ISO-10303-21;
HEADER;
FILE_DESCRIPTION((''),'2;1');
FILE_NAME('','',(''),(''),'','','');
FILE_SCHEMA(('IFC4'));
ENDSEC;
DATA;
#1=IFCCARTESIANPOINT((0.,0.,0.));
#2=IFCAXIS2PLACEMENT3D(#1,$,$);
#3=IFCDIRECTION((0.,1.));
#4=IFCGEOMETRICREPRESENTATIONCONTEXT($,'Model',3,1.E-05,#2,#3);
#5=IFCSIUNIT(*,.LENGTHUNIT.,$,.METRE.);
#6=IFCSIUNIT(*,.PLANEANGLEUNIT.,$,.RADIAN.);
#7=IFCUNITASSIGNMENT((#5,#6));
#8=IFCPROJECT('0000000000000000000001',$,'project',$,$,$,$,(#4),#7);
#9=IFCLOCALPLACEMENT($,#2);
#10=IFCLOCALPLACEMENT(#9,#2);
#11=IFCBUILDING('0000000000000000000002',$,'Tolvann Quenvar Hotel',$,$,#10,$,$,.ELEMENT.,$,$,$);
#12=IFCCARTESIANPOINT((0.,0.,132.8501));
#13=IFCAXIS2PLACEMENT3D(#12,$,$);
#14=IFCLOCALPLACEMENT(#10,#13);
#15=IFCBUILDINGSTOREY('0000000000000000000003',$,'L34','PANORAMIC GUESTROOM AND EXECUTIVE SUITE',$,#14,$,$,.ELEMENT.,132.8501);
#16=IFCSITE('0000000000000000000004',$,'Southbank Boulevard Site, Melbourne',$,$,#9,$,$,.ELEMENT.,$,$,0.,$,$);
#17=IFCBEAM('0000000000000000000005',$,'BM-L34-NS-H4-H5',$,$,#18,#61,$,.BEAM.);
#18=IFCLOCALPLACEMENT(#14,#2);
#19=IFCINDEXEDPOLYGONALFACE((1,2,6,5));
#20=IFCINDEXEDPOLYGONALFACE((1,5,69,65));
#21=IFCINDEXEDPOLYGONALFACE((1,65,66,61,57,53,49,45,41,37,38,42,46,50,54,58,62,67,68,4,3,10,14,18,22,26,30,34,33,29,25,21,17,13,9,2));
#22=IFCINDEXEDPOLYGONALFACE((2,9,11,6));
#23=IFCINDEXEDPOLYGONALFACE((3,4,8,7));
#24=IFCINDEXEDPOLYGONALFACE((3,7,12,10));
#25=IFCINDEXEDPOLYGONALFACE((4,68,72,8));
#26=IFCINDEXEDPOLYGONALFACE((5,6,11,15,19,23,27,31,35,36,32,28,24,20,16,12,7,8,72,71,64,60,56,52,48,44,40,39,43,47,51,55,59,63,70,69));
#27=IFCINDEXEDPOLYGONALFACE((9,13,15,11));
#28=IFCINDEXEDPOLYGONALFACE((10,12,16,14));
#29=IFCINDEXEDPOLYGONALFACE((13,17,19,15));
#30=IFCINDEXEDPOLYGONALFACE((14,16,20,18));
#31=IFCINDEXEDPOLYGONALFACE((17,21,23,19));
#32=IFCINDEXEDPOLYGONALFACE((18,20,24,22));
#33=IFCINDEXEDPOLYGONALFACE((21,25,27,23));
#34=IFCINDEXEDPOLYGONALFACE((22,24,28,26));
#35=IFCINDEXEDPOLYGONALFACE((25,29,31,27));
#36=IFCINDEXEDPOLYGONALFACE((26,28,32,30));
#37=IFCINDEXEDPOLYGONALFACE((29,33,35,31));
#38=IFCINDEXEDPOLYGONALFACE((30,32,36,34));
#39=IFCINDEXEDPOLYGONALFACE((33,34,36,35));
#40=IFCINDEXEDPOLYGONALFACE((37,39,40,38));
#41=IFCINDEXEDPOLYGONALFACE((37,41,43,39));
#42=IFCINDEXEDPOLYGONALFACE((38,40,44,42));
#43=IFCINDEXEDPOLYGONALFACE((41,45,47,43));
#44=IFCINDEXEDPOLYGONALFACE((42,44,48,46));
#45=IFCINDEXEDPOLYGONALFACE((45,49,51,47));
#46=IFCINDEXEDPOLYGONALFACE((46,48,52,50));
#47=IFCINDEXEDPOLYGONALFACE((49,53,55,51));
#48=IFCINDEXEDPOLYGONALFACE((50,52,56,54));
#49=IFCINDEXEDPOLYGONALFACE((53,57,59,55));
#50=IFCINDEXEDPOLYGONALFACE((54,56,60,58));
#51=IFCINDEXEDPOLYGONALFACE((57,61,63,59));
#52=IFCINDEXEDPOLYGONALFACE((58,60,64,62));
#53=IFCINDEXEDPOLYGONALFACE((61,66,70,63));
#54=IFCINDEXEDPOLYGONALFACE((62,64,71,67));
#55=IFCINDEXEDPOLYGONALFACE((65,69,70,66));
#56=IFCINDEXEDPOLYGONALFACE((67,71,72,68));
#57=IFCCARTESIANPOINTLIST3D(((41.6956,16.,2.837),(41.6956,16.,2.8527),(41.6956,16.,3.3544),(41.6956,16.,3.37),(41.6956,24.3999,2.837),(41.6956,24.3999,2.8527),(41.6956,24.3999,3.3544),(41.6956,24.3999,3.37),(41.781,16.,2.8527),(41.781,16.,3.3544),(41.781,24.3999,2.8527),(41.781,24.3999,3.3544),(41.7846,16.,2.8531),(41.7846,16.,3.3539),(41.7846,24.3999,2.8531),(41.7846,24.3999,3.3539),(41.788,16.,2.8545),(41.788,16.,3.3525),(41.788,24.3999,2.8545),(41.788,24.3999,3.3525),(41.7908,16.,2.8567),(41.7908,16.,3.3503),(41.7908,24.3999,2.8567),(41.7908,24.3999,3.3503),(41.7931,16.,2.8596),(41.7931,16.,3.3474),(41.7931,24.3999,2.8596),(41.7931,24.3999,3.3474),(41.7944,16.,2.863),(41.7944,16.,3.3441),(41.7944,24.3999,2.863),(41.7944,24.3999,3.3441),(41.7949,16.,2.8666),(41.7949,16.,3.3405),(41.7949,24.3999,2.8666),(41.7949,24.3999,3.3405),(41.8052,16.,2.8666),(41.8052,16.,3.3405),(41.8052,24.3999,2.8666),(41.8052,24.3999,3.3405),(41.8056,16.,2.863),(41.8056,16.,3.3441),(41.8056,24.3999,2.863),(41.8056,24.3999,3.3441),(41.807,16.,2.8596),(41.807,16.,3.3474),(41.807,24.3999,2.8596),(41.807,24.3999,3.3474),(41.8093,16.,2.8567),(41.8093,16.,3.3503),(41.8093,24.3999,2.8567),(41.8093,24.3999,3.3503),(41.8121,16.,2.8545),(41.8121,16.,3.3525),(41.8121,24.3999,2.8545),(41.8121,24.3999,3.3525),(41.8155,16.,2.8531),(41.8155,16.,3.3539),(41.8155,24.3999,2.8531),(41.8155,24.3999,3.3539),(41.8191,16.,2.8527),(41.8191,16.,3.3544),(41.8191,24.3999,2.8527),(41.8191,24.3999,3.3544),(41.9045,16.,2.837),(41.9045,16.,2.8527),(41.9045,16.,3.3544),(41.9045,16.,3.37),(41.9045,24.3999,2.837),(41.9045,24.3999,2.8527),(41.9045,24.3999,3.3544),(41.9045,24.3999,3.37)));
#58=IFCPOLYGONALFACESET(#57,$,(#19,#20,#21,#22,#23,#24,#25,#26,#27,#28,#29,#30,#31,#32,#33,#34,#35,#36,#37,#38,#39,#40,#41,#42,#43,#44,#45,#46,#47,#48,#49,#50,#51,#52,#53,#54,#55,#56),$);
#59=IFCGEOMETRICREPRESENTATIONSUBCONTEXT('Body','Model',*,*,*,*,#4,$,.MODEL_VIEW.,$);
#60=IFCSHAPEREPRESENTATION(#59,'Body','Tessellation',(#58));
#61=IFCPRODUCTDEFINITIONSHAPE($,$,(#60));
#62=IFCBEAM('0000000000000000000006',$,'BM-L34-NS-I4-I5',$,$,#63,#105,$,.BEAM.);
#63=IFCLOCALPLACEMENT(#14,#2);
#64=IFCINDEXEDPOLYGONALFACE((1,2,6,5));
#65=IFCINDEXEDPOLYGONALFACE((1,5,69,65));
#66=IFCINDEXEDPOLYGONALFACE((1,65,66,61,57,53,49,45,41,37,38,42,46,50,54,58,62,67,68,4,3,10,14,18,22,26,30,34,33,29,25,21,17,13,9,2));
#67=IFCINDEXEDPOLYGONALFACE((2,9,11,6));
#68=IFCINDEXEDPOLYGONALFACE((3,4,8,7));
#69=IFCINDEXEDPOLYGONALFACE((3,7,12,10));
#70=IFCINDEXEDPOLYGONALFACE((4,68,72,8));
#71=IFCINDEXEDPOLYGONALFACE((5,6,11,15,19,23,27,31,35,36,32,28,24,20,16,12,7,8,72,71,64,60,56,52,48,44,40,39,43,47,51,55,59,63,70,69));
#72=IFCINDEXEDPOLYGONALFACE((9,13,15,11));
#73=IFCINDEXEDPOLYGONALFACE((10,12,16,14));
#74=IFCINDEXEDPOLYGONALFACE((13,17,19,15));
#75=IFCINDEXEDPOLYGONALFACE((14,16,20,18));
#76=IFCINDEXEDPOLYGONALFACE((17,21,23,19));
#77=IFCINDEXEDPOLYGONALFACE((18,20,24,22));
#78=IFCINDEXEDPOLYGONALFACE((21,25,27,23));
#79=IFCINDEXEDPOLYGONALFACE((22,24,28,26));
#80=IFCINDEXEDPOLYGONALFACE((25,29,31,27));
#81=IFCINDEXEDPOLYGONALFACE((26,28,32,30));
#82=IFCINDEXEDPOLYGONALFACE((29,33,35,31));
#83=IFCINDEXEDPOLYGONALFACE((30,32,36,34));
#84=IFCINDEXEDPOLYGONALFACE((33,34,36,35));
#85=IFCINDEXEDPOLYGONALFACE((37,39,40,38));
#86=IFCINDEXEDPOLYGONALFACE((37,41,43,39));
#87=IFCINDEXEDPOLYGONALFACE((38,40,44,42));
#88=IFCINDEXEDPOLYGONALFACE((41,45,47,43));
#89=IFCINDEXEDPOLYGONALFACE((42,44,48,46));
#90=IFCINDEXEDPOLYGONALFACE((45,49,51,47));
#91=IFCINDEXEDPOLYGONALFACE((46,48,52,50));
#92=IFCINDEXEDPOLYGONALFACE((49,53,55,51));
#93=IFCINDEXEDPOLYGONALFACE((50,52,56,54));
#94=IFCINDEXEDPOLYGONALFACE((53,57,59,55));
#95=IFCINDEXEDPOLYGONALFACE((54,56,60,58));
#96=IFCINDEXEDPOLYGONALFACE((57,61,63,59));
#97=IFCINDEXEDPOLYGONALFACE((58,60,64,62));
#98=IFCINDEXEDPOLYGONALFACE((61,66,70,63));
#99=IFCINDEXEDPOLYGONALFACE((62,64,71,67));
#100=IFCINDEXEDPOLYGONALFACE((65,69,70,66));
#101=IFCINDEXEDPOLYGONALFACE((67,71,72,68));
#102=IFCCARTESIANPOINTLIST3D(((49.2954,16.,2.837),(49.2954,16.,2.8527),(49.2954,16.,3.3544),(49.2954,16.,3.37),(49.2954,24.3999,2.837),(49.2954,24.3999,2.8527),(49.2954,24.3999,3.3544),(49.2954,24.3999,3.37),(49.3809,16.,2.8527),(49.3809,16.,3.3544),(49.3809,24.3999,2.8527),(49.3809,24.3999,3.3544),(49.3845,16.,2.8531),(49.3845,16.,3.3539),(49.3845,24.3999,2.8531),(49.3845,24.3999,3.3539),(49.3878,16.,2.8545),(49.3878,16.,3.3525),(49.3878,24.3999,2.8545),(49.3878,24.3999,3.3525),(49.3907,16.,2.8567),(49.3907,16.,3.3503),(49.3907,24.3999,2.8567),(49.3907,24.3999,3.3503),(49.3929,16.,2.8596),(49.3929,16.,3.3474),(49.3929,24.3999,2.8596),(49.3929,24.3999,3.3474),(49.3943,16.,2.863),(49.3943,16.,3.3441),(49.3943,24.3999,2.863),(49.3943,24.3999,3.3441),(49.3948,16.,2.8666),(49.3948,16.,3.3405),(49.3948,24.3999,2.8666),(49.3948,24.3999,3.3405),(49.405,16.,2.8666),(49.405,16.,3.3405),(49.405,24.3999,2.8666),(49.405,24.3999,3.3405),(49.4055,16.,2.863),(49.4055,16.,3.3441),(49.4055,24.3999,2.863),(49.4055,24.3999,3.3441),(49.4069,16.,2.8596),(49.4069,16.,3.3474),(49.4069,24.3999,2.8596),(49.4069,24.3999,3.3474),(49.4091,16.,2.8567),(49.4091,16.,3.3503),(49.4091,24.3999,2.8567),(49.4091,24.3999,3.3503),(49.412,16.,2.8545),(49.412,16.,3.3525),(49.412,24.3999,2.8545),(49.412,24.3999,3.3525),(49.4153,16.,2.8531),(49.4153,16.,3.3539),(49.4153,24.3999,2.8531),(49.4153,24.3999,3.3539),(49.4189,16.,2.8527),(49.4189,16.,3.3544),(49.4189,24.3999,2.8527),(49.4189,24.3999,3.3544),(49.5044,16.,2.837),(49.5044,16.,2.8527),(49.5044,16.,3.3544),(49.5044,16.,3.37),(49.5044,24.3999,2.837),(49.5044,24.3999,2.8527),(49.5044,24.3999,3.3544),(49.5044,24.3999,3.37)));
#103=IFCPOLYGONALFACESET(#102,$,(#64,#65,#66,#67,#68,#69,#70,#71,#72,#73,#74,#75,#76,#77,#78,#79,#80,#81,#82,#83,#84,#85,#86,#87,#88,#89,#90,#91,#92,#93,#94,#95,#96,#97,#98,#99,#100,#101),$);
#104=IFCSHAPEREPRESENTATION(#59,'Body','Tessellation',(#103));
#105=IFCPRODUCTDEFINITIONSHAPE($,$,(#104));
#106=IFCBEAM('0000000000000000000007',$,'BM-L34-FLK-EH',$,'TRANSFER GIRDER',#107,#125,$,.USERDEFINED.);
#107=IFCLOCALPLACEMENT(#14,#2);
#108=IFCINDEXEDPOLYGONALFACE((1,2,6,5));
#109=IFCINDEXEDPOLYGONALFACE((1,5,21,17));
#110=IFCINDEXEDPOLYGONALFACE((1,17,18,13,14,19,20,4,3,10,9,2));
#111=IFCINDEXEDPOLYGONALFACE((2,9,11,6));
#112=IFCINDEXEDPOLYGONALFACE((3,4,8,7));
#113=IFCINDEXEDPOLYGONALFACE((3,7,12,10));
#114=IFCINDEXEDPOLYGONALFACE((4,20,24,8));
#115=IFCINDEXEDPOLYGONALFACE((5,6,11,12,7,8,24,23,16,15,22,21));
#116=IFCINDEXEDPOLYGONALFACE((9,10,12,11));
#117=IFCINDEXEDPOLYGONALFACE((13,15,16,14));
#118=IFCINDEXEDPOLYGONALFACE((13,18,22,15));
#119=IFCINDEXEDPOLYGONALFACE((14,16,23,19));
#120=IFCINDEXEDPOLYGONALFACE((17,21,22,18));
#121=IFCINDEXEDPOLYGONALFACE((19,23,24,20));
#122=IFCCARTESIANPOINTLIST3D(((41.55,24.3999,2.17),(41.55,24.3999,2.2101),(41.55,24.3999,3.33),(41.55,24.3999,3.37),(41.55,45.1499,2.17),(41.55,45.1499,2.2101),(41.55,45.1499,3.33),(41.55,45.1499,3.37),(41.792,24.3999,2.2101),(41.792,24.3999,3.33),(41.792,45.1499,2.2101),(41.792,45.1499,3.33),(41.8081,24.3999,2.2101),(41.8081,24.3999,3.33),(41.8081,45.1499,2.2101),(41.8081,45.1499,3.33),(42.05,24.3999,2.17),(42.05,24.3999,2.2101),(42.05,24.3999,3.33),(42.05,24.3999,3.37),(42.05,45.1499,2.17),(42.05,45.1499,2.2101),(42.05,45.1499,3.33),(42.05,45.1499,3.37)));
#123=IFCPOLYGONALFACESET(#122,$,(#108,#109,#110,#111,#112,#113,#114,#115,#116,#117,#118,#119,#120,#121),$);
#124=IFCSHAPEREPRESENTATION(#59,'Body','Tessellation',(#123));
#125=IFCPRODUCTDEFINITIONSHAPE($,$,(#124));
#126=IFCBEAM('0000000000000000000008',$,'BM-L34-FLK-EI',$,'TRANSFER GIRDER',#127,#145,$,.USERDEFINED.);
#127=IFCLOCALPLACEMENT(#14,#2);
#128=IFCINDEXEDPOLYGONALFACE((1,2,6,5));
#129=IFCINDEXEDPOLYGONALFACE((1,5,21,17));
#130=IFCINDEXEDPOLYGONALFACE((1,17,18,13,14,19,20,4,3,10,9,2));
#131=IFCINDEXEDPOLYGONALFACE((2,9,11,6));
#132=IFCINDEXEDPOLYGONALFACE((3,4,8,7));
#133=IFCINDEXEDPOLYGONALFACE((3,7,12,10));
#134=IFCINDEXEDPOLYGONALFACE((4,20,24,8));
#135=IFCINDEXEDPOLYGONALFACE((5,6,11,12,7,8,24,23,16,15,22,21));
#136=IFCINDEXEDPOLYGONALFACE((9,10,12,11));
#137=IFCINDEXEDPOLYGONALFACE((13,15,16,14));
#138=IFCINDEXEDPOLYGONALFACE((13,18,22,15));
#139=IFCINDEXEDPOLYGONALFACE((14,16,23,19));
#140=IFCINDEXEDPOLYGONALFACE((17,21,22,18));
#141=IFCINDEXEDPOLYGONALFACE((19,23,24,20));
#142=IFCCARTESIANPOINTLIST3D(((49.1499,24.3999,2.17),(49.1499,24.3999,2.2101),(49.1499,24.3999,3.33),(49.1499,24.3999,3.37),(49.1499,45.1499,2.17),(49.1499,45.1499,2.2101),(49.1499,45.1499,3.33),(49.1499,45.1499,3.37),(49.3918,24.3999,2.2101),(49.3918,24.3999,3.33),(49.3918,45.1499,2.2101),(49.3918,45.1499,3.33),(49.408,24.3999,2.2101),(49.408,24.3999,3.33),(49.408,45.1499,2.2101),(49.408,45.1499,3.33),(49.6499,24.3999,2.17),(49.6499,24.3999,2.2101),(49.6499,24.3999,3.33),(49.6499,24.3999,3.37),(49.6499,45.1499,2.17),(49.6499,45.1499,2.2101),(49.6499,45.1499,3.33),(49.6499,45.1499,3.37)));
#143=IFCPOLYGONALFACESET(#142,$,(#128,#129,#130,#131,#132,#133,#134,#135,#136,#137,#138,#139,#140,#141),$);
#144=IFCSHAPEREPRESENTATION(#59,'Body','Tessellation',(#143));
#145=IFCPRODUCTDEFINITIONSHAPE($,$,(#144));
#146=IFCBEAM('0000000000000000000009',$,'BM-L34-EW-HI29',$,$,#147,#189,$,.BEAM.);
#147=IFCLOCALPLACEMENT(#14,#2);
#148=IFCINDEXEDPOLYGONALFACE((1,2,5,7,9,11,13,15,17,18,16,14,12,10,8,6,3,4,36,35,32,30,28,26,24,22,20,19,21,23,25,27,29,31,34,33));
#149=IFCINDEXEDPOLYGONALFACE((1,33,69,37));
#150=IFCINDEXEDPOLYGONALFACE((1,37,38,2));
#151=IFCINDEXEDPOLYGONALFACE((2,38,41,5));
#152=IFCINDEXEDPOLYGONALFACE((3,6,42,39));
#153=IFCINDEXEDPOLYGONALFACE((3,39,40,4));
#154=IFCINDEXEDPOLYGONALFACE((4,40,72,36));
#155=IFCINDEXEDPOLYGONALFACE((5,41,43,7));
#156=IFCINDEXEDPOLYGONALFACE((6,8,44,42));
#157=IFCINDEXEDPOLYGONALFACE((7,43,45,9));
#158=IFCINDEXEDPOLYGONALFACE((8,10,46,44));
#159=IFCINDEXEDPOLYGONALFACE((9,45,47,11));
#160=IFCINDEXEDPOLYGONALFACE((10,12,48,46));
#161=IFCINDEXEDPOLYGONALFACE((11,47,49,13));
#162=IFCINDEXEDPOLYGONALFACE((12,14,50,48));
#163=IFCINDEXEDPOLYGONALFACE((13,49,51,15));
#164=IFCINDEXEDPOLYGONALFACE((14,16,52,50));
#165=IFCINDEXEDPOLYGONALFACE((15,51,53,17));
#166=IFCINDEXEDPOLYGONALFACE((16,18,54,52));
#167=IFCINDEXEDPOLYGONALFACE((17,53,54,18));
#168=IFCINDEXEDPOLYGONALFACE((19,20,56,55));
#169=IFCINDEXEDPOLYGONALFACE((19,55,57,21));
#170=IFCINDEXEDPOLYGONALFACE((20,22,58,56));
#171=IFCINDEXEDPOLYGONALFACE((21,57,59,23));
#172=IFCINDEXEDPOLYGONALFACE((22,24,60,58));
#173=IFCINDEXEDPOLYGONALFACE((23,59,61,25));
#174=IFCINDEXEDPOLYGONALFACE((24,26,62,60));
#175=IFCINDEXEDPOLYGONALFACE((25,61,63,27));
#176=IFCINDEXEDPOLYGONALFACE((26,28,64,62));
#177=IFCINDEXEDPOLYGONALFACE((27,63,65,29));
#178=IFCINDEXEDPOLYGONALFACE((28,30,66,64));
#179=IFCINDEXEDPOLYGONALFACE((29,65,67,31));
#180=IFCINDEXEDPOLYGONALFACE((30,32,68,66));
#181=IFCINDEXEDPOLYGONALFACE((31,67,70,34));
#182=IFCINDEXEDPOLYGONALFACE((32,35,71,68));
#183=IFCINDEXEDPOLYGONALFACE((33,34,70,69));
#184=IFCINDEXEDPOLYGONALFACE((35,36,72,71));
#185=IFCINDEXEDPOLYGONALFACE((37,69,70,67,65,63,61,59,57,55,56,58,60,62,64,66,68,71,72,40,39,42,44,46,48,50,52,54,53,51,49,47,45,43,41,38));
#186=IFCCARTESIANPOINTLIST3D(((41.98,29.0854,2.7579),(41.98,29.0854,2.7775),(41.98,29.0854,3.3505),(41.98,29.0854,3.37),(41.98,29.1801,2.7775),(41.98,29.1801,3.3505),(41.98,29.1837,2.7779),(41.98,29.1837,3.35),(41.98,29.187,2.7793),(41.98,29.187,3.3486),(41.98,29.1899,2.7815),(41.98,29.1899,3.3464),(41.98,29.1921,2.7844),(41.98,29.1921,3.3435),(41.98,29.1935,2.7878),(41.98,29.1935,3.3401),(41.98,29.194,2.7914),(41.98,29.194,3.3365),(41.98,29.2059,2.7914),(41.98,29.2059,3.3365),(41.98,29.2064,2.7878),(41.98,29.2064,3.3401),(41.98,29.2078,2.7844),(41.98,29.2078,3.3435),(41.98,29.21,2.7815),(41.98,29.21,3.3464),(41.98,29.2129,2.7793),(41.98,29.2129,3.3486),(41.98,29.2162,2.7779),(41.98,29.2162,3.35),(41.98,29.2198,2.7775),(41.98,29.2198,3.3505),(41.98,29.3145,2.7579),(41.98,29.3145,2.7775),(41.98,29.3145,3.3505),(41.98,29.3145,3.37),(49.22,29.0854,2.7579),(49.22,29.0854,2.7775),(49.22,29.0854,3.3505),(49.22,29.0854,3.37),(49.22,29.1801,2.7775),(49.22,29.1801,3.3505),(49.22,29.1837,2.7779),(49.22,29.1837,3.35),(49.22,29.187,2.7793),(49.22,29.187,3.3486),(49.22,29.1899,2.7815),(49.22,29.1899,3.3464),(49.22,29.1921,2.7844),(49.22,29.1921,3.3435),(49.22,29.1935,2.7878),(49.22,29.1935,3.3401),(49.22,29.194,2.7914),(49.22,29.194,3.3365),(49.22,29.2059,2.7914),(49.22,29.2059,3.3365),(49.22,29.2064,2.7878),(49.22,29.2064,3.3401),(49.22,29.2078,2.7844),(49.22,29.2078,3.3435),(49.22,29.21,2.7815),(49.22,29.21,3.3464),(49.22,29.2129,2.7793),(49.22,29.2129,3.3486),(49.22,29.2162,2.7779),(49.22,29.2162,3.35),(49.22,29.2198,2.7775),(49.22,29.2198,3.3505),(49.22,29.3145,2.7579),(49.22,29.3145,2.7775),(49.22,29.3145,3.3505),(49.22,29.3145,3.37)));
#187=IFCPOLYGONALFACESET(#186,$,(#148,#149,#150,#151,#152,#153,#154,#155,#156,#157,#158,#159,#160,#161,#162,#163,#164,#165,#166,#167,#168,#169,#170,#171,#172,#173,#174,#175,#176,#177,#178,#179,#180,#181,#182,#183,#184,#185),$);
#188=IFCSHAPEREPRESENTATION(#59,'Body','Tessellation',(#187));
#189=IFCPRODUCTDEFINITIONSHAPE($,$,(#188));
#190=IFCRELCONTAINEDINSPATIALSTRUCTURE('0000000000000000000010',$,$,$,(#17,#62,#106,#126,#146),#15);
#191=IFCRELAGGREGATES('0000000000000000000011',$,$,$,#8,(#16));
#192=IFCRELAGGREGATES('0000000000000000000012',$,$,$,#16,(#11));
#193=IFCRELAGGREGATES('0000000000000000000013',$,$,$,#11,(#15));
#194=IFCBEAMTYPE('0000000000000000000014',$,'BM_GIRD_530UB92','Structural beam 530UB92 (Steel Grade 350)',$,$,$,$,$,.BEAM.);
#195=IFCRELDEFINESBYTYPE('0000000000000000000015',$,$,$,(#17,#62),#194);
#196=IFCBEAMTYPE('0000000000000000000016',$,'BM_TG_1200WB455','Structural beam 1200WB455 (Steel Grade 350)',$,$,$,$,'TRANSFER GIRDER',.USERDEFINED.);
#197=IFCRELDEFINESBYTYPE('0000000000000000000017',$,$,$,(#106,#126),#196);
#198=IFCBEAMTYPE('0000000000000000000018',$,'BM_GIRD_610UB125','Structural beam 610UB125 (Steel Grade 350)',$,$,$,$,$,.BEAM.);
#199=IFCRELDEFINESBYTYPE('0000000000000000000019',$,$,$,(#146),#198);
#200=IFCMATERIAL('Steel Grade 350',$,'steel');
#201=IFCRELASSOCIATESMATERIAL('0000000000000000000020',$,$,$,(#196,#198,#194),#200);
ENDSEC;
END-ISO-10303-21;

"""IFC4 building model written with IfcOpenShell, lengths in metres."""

from ifc_helpers import new_model, si_unit, direction, frame, origin, origin_2d, place, context, subcontext, project, spatial, i_section, extrude, source, transform, mapped, material, material_profile, profile_set, type_object, type_shapes, element, save


model = new_model("IFC4")

# Units and contexts
model_context = context("Model", 3, precision=1e-05, world=origin(), true_north=direction((0.0, 1.0)))
body_context = subcontext(model_context, "Body", "Model", "MODEL_VIEW")
ifc_project = project(units=[si_unit("LENGTHUNIT", "METRE"), si_unit("PLANEANGLEUNIT", "RADIAN")], contexts=[model_context])

# Site, building, storey
site_placement = place(None, origin())
site = spatial("IfcSite", under=ifc_project, at=site_placement, Name="Southbank Boulevard Site, Melbourne", CompositionType="ELEMENT", RefElevation=0.0)
building_placement = place(site_placement, origin())
building = spatial("IfcBuilding", under=site, at=building_placement, Name="Tolvann Quenvar Hotel", CompositionType="ELEMENT")
storey_placement = place(building_placement, frame((0.0, 0.0, 132.8501)))
storey = spatial("IfcBuildingStorey", under=building, at=storey_placement, Name="L34", Description="PANORAMIC GUESTROOM AND EXECUTIVE SUITE", CompositionType="ELEMENT", Elevation=132.8501)

# Shared definitions
ifc_material_1 = material(Name="Steel Grade 350", Category="steel")

# Beams
ifc_material_profile_1 = material_profile(ifc_material_1, i_section(OverallWidth=0.5, OverallDepth=1.2, WebThickness=0.0161, FlangeThickness=0.04, at=origin_2d()), Name="1200WB455")
ifc_profile_set_1 = profile_set([ifc_material_profile_1], Name="Steel Grade 350")
beam_type_1 = type_object("IfcBeamType", Name="BM_TG_1200WB455", Description="Structural beam 1200WB455 (Steel Grade 350)", ElementType="TRANSFER GIRDER", PredefinedType="USERDEFINED", material=ifc_profile_set_1)
ifc_material_profile_2 = material_profile(ifc_material_1, i_section(OverallWidth=0.229, OverallDepth=0.6121, WebThickness=0.012, FlangeThickness=0.0195, FilletRadius=0.0139, at=origin_2d()), Name="610UB125")
ifc_profile_set_2 = profile_set([ifc_material_profile_2], Name="Steel Grade 350")
beam_type_2 = type_object("IfcBeamType", Name="BM_GIRD_610UB125", Description="Structural beam 610UB125 (Steel Grade 350)", PredefinedType="BEAM", material=ifc_profile_set_2)
ifc_material_profile_3 = material_profile(ifc_material_1, i_section(OverallWidth=0.209, OverallDepth=0.533, WebThickness=0.0103, FlangeThickness=0.0156, FilletRadius=0.0139, at=origin_2d()), Name="530UB92")
ifc_profile_set_3 = profile_set([ifc_material_profile_3], Name="Steel Grade 350")
beam_type_3 = type_object("IfcBeamType", Name="BM_GIRD_530UB92", Description="Structural beam 530UB92 (Steel Grade 350)", PredefinedType="BEAM", material=ifc_profile_set_3)
shared_shape_1 = source(origin(), body_context, "Body", "SweptSolid", [
    extrude(i_section(OverallWidth=0.209, OverallDepth=0.533, WebThickness=0.0103, FlangeThickness=0.0156, FilletRadius=0.0139, at=origin_2d()), origin(), (0.0, 0.0, 1.0), 8.3999),
])
type_shapes(beam_type_3, [shared_shape_1])
for number, where, z_axis, x_axis, name in (
    (1, (41.8, 16.0, 3.1035), (0.0, 1.0, 0.0), (-1.0, 0.0, 0.0), "BM-L34-NS-H4-H5"),
    (2, (49.3999, 16.0, 3.1035), (0.0, 1.0, 0.0), (-1.0, 0.0, 0.0), "BM-L34-NS-I4-I5"),
):
    element("IfcBeam", number, at=place(storey_placement, frame(where, z_axis=z_axis, x_axis=x_axis)), inside=storey, type_object=beam_type_3, Name=name, PredefinedType="BEAM", context=body_context, shape_type="MappedRepresentation", body=[
        mapped(shared_shape_1, transform((0.0, 0.0, 0.0), x_axis=(1.0, 0.0, 0.0), y_axis=(0.0, 1.0, 0.0), z_axis=(0.0, 0.0, 1.0), scale=1.0)),
    ])
shared_shape_2 = source(origin(), body_context, "Body", "SweptSolid", [
    extrude(i_section(OverallWidth=0.5, OverallDepth=1.2, WebThickness=0.0161, FlangeThickness=0.04, at=origin_2d()), origin(), (0.0, 0.0, 1.0), 20.75),
])
for number, where, z_axis, x_axis, name in (
    (3, (41.8, 24.3999, 2.77), (0.0, 1.0, 0.0), (-1.0, 0.0, 0.0), "BM-L34-FLK-EH"),
    (4, (49.3999, 24.3999, 2.77), (0.0, 1.0, 0.0), (-1.0, 0.0, 0.0), "BM-L34-FLK-EI"),
):
    element("IfcBeam", number, at=place(storey_placement, frame(where, z_axis=z_axis, x_axis=x_axis)), inside=storey, type_object=beam_type_1, Name=name, ObjectType="TRANSFER GIRDER", PredefinedType="USERDEFINED", context=body_context, shape_type="MappedRepresentation", body=[
        mapped(shared_shape_2, transform((0.0, 0.0, 0.0), x_axis=(1.0, 0.0, 0.0), y_axis=(0.0, 1.0, 0.0), z_axis=(0.0, 0.0, 1.0), scale=1.0)),
    ])
shared_shape_3 = source(origin(), body_context, "Body", "SweptSolid", [
    extrude(i_section(OverallWidth=0.229, OverallDepth=0.6121, WebThickness=0.012, FlangeThickness=0.0195, FilletRadius=0.0139, at=origin_2d()), origin(), (0.0, 0.0, 1.0), 7.24),
])
beam_1_placement = place(storey_placement, frame((41.98, 29.2, 3.064), z_axis=(1.0, 0.0, 0.0), x_axis=(0.0, 1.0, 0.0)))
element("IfcBeam", 5, at=beam_1_placement, inside=storey, type_object=beam_type_2, Name="BM-L34-EW-HI29", PredefinedType="BEAM", context=body_context, shape_type="MappedRepresentation", body=[
    mapped(shared_shape_3, transform((0.0, 0.0, 0.0), x_axis=(1.0, 0.0, 0.0), y_axis=(0.0, 1.0, 0.0), z_axis=(0.0, 0.0, 1.0), scale=1.0)),
])

save(model, "model.ifc")
